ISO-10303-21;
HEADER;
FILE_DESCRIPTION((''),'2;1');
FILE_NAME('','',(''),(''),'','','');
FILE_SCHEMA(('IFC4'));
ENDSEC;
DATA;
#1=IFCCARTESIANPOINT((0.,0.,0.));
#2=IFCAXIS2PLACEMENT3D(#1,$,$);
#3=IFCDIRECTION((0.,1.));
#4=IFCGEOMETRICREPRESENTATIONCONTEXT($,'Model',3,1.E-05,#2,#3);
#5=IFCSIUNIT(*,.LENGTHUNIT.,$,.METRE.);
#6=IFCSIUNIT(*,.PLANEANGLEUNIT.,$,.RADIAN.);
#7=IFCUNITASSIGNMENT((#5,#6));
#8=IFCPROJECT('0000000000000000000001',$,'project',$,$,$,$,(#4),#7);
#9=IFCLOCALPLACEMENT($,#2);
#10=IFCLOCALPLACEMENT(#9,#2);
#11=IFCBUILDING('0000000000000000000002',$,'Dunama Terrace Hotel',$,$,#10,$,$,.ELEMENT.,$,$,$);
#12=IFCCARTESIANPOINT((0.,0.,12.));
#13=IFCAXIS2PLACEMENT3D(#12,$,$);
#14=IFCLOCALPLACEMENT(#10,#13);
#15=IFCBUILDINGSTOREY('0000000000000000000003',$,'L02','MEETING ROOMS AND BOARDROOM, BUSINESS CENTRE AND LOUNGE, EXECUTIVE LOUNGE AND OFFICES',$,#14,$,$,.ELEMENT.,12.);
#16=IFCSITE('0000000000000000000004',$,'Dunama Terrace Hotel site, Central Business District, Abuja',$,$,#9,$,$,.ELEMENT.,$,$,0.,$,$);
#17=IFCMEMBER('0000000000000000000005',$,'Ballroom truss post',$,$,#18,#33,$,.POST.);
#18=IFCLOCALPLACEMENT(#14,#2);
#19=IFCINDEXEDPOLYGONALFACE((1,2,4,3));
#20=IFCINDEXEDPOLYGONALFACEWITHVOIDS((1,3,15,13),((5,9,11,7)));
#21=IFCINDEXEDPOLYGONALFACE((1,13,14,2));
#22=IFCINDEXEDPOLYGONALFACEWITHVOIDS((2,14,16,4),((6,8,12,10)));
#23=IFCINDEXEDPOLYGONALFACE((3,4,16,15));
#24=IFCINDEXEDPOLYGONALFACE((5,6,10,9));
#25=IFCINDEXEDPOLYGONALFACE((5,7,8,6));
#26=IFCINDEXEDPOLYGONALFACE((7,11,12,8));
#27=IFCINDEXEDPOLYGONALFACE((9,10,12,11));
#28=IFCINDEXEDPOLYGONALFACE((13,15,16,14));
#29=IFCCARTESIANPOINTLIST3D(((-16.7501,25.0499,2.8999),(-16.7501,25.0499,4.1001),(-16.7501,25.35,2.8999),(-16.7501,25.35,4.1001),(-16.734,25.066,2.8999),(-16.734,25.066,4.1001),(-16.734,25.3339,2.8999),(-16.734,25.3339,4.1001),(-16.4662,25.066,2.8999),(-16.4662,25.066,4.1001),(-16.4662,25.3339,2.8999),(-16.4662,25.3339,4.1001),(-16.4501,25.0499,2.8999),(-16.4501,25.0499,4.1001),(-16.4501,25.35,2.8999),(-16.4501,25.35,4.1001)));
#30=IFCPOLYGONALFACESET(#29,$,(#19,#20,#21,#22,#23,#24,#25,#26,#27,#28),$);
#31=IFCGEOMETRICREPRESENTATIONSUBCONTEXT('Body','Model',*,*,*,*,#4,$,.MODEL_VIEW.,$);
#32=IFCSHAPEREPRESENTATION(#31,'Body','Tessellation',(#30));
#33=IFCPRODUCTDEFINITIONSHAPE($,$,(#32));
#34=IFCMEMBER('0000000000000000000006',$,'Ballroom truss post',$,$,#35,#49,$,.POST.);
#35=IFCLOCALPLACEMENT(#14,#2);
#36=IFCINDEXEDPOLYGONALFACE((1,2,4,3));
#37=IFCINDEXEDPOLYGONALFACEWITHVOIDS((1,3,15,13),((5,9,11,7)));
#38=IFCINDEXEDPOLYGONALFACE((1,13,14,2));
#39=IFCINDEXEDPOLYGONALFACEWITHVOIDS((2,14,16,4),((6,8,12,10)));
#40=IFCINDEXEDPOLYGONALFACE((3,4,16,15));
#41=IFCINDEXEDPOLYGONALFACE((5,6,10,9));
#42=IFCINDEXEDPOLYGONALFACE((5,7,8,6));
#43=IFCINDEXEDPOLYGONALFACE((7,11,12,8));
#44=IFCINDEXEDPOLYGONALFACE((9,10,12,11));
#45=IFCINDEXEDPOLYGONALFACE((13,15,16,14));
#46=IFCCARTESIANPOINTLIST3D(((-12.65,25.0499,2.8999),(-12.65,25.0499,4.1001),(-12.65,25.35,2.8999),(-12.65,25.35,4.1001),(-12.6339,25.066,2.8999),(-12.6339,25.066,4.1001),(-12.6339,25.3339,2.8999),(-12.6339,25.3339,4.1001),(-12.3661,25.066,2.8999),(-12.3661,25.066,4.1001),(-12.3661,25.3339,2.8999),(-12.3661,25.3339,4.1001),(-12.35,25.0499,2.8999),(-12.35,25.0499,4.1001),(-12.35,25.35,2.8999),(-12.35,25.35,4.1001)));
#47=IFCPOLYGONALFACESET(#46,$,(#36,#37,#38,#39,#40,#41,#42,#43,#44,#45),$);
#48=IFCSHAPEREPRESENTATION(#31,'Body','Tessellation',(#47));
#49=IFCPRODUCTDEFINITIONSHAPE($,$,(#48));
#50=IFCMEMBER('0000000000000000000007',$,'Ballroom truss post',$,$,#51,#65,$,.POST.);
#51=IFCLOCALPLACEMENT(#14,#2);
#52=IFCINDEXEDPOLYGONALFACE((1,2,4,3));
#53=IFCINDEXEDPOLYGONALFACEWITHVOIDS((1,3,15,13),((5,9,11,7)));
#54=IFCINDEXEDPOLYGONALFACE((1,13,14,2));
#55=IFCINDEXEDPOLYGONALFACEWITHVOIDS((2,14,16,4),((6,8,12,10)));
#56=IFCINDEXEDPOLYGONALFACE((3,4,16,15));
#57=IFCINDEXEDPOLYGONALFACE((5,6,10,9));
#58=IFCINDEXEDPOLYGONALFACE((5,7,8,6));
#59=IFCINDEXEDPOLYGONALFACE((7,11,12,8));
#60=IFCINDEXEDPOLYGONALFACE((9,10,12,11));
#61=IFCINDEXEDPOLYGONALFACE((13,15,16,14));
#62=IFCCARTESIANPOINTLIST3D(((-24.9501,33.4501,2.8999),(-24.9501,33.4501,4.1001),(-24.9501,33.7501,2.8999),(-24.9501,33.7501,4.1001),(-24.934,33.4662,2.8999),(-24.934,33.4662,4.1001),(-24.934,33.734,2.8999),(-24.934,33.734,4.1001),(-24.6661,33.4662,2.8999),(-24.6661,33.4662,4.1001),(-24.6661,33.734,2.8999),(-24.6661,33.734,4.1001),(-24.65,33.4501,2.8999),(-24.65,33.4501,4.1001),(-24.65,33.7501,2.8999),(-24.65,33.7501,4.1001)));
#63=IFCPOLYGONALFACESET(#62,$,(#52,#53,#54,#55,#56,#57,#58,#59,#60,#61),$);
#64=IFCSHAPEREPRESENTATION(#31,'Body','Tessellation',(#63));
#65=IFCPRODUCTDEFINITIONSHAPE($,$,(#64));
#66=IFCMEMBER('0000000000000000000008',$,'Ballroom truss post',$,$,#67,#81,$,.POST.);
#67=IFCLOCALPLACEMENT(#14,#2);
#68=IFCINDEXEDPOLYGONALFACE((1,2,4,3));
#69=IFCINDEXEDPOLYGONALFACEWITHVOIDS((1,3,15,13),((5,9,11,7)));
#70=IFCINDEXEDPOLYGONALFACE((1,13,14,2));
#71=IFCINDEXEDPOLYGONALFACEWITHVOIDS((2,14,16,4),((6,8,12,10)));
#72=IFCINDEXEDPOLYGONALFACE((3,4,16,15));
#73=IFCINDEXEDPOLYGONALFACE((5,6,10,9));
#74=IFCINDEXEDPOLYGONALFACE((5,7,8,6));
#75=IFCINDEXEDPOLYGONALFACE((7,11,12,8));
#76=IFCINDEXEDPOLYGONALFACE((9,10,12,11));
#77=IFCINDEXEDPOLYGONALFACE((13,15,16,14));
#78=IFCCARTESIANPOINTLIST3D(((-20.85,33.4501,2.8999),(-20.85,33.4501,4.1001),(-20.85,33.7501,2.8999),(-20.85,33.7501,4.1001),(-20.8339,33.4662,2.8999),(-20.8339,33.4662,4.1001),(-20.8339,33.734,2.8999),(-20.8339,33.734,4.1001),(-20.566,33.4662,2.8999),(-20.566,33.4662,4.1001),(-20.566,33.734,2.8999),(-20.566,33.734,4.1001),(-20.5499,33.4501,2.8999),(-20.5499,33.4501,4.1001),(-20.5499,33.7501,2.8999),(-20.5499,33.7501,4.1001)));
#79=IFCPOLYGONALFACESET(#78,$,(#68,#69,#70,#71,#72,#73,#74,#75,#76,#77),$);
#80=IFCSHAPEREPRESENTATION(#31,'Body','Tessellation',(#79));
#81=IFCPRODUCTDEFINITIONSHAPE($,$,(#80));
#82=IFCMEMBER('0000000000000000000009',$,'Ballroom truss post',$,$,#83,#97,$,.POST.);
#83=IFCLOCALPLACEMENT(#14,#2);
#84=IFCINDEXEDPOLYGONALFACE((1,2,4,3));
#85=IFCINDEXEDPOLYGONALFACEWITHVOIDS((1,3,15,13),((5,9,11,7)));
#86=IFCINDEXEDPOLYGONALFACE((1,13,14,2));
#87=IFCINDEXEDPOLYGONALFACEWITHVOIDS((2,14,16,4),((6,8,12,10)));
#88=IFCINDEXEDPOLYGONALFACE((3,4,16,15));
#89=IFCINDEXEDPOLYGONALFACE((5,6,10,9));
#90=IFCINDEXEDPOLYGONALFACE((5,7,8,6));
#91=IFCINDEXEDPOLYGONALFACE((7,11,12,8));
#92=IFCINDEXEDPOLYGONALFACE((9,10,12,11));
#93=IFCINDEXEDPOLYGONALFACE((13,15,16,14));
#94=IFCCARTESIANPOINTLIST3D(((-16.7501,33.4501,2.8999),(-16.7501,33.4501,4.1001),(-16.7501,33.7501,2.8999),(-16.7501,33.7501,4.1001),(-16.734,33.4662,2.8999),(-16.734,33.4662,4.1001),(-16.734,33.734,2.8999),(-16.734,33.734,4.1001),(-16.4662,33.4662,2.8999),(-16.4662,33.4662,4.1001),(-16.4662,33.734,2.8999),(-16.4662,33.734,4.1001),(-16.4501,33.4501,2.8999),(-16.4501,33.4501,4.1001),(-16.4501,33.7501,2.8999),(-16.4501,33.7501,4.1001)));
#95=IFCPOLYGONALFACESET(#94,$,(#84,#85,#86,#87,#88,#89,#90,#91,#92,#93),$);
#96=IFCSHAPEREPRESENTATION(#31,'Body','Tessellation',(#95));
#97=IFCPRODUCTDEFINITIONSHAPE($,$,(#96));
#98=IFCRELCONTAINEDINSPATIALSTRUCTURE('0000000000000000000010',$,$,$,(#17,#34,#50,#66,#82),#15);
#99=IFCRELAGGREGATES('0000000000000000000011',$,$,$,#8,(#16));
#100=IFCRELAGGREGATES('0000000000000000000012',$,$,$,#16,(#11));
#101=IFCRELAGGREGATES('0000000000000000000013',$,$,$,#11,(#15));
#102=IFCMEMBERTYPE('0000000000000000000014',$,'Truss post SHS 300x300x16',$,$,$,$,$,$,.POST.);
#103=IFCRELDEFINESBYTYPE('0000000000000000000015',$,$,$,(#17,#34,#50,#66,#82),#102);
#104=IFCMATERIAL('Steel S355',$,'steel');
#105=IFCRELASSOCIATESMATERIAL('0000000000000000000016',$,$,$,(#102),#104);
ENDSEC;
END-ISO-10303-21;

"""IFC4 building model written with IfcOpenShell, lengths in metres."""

from ifc_helpers import new_model, si_unit, direction, frame, origin, origin_2d, place, context, subcontext, project, spatial, hollow_rectangle, extrude, material, material_profile, profile_set, type_object, element, save


model = new_model("IFC4")

# Units and contexts
model_context = context("Model", 3, precision=1e-05, world=origin(), true_north=direction((0.0, 1.0)))
body_context = subcontext(model_context, "Body", "Model", "MODEL_VIEW")
ifc_project = project(units=[si_unit("LENGTHUNIT", "METRE"), si_unit("PLANEANGLEUNIT", "RADIAN")], contexts=[model_context])

# Site, building, storey
site_placement = place(None, origin())
site = spatial("IfcSite", under=ifc_project, at=site_placement, Name="Dunama Terrace Hotel site, Central Business District, Abuja", CompositionType="ELEMENT", RefElevation=0.0)
building_placement = place(site_placement, origin())
building = spatial("IfcBuilding", under=site, at=building_placement, Name="Dunama Terrace Hotel", CompositionType="ELEMENT")
storey_placement = place(building_placement, frame((0.0, 0.0, 12.0)))
storey = spatial("IfcBuildingStorey", under=building, at=storey_placement, Name="L02", Description="MEETING ROOMS AND BOARDROOM, BUSINESS CENTRE AND LOUNGE, EXECUTIVE LOUNGE AND OFFICES", CompositionType="ELEMENT", Elevation=12.0)

# Members
ifc_material_1 = material(Name="Steel S355", Category="steel")
ifc_material_profile_1 = material_profile(ifc_material_1, hollow_rectangle(XDim=0.3, YDim=0.3, WallThickness=0.0161, at=origin_2d()), Name="SHS 300x300x16")
ifc_profile_set_1 = profile_set([ifc_material_profile_1], Name="Steel S355")
member_type_1 = type_object("IfcMemberType", Name="Truss post SHS 300x300x16", PredefinedType="POST", material=ifc_profile_set_1)
for number, where, z_axis, x_axis, name in (
    (1, (-16.6001, 25.2, 2.8999), (0.0, 0.0, 1.0), (1.0, 0.0, 0.0), "Ballroom truss post"),
    (2, (-12.5, 25.2, 2.8999), (0.0, 0.0, 1.0), (1.0, 0.0, 0.0), "Ballroom truss post"),
    (3, (-24.8, 33.6001, 2.8999), (0.0, 0.0, 1.0), (1.0, 0.0, 0.0), "Ballroom truss post"),
    (4, (-20.7, 33.6001, 2.8999), (0.0, 0.0, 1.0), (1.0, 0.0, 0.0), "Ballroom truss post"),
    (5, (-16.6001, 33.6001, 2.8999), (0.0, 0.0, 1.0), (1.0, 0.0, 0.0), "Ballroom truss post"),
):
    element("IfcMember", number, at=place(storey_placement, frame(where, z_axis=z_axis, x_axis=x_axis)), inside=storey, type_object=member_type_1, Name=name, PredefinedType="POST", context=body_context, shape_type="SweptSolid", body=[
        extrude(hollow_rectangle(XDim=0.3, YDim=0.3, WallThickness=0.0161, at=origin_2d()), origin(), (0.0, 0.0, 1.0), 1.2002),
    ])

save(model, "model.ifc")
